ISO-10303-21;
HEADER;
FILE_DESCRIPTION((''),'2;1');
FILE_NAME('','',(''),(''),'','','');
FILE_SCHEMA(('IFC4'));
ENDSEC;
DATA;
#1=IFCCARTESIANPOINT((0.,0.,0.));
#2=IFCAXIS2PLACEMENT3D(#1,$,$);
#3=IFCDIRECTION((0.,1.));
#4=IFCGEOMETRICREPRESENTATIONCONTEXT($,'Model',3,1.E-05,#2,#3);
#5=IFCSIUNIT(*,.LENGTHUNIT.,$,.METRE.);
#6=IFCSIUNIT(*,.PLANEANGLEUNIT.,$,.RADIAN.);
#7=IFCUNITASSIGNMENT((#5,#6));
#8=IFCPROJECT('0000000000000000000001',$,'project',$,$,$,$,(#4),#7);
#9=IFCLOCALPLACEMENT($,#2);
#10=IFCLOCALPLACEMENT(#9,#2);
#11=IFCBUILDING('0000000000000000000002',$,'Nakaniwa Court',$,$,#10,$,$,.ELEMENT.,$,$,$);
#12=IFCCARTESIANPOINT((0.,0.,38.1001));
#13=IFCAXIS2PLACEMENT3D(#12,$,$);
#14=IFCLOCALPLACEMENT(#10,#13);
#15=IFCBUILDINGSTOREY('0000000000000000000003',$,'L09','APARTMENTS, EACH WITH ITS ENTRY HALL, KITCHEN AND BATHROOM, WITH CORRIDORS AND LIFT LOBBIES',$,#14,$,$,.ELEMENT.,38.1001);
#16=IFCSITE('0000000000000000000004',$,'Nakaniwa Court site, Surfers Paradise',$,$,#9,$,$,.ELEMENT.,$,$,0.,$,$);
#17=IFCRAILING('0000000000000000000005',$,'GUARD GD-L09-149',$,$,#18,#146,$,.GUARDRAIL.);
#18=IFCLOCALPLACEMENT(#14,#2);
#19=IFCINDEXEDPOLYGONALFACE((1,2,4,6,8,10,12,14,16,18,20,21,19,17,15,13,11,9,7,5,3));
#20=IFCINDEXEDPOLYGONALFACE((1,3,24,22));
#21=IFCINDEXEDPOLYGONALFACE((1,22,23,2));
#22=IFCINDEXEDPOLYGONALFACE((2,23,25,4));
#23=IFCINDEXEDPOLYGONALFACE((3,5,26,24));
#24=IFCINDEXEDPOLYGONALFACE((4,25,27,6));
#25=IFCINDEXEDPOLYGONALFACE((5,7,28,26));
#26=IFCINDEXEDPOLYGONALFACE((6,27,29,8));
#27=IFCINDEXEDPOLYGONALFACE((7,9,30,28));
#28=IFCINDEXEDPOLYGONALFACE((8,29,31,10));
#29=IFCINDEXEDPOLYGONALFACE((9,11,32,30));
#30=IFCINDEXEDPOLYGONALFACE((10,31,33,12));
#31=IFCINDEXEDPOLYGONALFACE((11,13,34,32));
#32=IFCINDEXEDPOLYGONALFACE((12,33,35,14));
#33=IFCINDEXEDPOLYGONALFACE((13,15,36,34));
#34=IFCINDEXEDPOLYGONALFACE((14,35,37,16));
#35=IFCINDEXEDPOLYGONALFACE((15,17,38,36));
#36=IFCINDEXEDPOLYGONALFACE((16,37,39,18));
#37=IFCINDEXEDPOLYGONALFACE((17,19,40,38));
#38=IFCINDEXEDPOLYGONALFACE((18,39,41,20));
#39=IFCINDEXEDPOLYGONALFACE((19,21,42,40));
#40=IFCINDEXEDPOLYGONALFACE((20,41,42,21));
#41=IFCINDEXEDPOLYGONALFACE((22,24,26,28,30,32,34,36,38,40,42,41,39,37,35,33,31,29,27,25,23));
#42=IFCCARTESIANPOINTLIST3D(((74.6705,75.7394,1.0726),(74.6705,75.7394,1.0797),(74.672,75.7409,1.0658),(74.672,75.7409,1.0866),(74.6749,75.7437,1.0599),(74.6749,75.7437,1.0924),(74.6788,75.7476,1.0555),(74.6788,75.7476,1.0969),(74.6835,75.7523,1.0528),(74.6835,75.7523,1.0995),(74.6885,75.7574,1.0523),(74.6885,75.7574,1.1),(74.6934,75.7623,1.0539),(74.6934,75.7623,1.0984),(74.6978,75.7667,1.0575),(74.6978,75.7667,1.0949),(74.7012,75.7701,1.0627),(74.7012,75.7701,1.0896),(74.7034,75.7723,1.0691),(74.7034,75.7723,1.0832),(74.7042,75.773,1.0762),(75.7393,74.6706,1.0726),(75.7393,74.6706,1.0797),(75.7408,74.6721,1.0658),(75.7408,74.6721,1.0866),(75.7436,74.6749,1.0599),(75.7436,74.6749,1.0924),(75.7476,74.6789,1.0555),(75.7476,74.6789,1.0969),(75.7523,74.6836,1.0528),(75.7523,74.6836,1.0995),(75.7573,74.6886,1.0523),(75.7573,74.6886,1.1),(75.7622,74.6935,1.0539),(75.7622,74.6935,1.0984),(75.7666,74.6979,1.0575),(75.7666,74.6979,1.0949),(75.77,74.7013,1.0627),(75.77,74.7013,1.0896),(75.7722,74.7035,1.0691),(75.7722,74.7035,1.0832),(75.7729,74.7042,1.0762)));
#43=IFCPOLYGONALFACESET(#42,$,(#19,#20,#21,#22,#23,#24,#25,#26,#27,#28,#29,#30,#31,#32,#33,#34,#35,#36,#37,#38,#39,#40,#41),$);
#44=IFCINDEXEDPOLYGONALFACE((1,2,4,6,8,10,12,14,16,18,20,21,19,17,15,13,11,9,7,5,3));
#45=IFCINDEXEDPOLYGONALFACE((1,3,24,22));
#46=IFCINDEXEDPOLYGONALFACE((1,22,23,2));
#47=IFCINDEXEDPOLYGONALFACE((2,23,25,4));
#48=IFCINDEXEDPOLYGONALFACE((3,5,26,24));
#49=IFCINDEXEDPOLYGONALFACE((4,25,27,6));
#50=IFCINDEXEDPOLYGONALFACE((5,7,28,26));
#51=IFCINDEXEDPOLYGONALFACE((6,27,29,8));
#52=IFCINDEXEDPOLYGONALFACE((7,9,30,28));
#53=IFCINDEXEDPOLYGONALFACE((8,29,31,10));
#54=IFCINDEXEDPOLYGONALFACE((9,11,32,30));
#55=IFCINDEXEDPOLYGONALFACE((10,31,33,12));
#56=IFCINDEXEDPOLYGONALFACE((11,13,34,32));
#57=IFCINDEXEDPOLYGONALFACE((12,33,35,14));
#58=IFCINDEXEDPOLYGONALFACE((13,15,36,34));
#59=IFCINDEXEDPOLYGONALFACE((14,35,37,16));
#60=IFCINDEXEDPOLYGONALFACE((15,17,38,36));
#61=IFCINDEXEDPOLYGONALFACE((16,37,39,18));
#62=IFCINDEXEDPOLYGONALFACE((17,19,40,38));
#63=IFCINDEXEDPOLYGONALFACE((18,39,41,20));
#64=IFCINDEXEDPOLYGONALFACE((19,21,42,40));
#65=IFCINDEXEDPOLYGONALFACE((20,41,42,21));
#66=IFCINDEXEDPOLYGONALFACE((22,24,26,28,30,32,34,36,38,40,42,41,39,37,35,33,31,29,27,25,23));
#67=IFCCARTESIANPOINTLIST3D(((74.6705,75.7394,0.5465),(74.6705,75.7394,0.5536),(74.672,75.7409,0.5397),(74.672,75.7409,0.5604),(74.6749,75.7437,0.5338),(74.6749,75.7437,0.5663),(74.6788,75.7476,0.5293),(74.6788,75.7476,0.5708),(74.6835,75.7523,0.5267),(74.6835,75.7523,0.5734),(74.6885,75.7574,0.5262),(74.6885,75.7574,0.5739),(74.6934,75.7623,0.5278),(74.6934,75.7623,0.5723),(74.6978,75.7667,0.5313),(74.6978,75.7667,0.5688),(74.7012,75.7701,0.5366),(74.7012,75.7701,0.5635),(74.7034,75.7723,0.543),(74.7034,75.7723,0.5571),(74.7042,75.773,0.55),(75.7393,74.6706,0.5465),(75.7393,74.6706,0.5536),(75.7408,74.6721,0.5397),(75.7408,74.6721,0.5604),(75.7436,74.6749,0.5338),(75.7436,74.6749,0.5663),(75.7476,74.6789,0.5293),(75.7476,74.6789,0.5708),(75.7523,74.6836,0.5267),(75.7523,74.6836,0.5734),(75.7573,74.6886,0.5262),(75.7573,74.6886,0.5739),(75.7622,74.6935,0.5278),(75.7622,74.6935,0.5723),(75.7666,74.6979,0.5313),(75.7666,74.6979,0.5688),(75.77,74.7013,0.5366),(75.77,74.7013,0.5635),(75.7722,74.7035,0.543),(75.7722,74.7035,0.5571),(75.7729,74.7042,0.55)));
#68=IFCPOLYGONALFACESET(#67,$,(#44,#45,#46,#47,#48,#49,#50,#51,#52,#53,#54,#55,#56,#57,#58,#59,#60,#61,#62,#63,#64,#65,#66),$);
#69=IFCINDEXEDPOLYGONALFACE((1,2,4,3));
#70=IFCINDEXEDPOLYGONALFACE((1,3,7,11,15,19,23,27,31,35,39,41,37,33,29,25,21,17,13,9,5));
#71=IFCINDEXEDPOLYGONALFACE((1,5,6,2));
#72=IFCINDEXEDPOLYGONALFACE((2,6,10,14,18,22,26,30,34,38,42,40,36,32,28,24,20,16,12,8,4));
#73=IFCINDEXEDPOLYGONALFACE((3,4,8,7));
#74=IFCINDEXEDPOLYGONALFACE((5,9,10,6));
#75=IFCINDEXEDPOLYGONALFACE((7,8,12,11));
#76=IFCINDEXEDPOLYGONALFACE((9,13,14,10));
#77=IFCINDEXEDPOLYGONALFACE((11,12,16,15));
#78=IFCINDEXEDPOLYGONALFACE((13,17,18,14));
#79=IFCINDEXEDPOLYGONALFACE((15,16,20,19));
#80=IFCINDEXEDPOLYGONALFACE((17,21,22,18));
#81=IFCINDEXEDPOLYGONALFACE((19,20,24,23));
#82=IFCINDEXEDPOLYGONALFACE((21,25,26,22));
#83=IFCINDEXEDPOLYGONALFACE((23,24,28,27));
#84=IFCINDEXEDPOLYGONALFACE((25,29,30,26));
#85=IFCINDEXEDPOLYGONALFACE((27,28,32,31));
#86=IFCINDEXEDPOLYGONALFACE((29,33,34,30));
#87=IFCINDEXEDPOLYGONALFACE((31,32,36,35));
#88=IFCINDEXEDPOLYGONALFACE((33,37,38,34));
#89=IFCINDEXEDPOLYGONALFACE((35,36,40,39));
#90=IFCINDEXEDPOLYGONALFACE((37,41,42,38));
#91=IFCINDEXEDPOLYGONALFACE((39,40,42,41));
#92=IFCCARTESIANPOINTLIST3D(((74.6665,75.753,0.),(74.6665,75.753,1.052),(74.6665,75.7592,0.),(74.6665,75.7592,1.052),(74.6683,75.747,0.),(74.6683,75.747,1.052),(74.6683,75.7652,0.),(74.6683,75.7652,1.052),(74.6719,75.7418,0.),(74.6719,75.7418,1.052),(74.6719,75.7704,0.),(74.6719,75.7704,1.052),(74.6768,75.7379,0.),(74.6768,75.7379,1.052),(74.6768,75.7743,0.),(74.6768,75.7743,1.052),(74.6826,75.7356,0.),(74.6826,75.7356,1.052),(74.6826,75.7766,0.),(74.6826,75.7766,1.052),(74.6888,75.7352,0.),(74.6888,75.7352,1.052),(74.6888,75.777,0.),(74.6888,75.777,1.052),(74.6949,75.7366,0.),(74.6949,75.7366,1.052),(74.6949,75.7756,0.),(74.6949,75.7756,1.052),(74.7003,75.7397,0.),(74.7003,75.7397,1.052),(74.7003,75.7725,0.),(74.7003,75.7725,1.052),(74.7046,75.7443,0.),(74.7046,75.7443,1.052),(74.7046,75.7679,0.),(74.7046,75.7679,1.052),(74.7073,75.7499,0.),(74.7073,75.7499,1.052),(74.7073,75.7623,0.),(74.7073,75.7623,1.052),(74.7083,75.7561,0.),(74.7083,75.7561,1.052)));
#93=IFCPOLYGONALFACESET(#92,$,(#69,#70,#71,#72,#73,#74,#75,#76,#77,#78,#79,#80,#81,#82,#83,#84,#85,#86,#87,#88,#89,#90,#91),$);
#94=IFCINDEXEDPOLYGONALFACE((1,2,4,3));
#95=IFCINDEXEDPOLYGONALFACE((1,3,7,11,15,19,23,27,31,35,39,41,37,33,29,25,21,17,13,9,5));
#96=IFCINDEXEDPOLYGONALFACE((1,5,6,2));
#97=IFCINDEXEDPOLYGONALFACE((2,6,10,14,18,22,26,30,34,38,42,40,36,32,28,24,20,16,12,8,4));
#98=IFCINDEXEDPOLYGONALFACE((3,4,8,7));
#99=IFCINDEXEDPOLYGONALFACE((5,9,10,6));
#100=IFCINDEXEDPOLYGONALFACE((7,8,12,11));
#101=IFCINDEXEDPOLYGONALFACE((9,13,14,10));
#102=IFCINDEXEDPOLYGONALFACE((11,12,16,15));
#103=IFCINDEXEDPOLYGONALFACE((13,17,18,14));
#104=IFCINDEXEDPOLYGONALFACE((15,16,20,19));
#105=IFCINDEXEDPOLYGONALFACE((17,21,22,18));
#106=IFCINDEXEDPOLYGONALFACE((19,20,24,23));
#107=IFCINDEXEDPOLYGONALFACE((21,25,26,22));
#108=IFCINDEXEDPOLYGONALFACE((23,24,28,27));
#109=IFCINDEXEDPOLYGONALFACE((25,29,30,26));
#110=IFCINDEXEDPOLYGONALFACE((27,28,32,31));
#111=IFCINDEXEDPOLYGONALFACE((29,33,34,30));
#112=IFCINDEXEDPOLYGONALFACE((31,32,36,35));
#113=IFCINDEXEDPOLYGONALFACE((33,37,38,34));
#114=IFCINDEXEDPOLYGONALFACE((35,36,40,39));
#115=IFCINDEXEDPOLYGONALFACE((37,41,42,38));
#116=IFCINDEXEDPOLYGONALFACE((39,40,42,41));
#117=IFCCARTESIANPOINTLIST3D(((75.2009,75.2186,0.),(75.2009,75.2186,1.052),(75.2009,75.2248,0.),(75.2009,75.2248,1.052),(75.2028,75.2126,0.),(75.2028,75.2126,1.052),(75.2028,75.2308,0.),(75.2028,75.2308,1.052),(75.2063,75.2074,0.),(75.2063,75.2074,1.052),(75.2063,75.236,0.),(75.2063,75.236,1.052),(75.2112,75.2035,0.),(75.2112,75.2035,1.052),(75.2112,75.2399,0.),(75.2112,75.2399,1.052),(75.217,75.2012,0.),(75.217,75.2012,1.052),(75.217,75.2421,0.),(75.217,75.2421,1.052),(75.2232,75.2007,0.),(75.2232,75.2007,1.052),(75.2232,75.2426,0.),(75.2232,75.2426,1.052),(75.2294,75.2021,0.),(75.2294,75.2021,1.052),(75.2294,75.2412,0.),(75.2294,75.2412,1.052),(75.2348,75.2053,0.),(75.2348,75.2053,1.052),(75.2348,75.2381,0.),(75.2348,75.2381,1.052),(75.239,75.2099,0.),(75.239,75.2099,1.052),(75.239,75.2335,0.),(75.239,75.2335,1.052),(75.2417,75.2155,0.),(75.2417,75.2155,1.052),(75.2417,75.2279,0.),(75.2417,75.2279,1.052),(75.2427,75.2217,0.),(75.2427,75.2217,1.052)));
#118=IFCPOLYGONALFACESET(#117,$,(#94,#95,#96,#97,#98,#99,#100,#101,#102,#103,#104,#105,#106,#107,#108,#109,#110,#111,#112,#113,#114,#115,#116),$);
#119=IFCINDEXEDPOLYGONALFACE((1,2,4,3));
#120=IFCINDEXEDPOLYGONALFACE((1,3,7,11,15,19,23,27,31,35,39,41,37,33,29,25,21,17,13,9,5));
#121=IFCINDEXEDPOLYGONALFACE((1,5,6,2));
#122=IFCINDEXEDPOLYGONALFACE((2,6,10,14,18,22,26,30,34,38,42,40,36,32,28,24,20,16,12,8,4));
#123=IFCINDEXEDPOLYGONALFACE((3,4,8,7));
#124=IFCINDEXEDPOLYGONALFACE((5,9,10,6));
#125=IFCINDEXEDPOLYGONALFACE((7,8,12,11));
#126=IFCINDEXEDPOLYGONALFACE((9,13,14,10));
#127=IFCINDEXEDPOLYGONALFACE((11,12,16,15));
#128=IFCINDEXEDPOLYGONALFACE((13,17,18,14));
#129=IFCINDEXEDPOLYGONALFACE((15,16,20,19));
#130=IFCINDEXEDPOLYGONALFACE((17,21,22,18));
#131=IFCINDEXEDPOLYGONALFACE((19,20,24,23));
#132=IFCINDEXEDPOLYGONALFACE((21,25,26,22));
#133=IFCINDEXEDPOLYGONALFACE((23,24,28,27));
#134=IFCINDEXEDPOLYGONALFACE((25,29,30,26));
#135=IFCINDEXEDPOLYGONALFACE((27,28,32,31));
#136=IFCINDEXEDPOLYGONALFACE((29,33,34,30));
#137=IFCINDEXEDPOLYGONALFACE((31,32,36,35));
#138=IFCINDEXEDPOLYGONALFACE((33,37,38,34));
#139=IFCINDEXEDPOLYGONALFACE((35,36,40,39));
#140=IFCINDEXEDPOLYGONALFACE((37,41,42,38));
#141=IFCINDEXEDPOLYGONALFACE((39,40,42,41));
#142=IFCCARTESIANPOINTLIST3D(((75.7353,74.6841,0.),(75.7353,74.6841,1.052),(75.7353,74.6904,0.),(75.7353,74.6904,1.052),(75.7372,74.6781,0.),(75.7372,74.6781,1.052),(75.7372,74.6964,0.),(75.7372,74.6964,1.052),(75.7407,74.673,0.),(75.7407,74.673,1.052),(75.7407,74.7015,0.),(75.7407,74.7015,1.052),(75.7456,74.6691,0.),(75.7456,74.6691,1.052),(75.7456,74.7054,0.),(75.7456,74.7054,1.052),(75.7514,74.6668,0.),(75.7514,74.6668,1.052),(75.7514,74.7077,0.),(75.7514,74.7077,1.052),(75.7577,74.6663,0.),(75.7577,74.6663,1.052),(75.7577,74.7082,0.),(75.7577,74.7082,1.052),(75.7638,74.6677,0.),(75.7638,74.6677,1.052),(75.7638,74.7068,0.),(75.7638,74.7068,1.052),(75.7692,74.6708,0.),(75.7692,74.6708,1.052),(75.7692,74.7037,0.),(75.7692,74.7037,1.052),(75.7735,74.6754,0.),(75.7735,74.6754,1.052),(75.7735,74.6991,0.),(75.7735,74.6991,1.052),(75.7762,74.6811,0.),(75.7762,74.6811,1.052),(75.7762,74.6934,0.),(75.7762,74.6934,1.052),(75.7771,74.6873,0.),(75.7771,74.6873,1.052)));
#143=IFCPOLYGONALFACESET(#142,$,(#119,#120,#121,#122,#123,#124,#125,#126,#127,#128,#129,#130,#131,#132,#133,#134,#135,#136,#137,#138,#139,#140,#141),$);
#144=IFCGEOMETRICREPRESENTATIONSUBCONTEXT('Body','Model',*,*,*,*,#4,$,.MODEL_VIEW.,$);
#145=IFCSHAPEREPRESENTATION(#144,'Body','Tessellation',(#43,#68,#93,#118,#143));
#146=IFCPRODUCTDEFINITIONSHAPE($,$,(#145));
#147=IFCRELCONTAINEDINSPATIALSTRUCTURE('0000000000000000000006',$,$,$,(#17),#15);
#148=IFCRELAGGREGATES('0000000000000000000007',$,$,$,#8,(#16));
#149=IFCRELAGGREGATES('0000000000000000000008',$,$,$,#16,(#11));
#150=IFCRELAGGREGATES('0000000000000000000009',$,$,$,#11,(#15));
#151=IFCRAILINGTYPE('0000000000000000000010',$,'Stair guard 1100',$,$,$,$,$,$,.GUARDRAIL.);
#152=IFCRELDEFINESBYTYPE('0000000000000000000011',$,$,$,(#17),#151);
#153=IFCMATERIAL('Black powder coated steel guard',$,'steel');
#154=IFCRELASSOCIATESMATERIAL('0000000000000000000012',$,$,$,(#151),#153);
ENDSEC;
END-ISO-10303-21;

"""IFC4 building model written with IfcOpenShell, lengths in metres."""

from ifc_helpers import new_model, si_unit, direction, frame, origin, origin_2d, place, context, subcontext, project, spatial, circle, extrude, material, type_object, element, save


model = new_model("IFC4")

# Units and contexts
model_context = context("Model", 3, precision=1e-05, world=origin(), true_north=direction((0.0, 1.0)))
body_context = subcontext(model_context, "Body", "Model", "MODEL_VIEW")
ifc_project = project(units=[si_unit("LENGTHUNIT", "METRE"), si_unit("PLANEANGLEUNIT", "RADIAN")], contexts=[model_context])

# Site, building, storey
site_placement = place(None, origin())
site = spatial("IfcSite", under=ifc_project, at=site_placement, Name="Nakaniwa Court site, Surfers Paradise", CompositionType="ELEMENT", RefElevation=0.0)
building_placement = place(site_placement, origin())
building = spatial("IfcBuilding", under=site, at=building_placement, Name="Nakaniwa Court", CompositionType="ELEMENT")
storey_placement = place(building_placement, frame((0.0, 0.0, 38.1001)))
storey = spatial("IfcBuildingStorey", under=building, at=storey_placement, Name="L09", Description="APARTMENTS, EACH WITH ITS ENTRY HALL, KITCHEN AND BATHROOM, WITH CORRIDORS AND LIFT LOBBIES", CompositionType="ELEMENT", Elevation=38.1001)

# Railing
ifc_material_1 = material(Name="Black powder coated steel guard", Category="steel")
railing_type = type_object("IfcRailingType", Name="Stair guard 1100", PredefinedType="GUARDRAIL", material=ifc_material_1)
railing_1_placement = place(storey_placement, frame((74.6873, 75.7561, 0.0)))
element("IfcRailing", 1, at=railing_1_placement, inside=storey, type_object=railing_type, Name="GUARD GD-L09-149", PredefinedType="GUARDRAIL", context=body_context, shape_type="SweptSolid", body=[
    extrude(circle(Radius=0.0239, at=origin_2d()), frame((0.0, 0.0, 1.0762), z_axis=(0.707107, -0.707107, 0.0), x_axis=(0.707107, 0.707107, 0.0)), (0.0, 0.0, 1.0), 1.5115),
    extrude(circle(Radius=0.0239, at=origin_2d()), frame((0.0, 0.0, 0.55), z_axis=(0.707107, -0.707107, 0.0), x_axis=(0.707107, 0.707107, 0.0)), (0.0, 0.0, 1.0), 1.5115),
    extrude(circle(Radius=0.021, at=origin_2d()), origin(), (0.0, 0.0, 1.0), 1.052),
    extrude(circle(Radius=0.021, at=origin_2d()), frame((0.5344, -0.5344, 0.0)), (0.0, 0.0, 1.0), 1.052),
    extrude(circle(Radius=0.021, at=origin_2d()), frame((1.0688, -1.0688, 0.0)), (0.0, 0.0, 1.0), 1.052),
])

save(model, "model.ifc")
